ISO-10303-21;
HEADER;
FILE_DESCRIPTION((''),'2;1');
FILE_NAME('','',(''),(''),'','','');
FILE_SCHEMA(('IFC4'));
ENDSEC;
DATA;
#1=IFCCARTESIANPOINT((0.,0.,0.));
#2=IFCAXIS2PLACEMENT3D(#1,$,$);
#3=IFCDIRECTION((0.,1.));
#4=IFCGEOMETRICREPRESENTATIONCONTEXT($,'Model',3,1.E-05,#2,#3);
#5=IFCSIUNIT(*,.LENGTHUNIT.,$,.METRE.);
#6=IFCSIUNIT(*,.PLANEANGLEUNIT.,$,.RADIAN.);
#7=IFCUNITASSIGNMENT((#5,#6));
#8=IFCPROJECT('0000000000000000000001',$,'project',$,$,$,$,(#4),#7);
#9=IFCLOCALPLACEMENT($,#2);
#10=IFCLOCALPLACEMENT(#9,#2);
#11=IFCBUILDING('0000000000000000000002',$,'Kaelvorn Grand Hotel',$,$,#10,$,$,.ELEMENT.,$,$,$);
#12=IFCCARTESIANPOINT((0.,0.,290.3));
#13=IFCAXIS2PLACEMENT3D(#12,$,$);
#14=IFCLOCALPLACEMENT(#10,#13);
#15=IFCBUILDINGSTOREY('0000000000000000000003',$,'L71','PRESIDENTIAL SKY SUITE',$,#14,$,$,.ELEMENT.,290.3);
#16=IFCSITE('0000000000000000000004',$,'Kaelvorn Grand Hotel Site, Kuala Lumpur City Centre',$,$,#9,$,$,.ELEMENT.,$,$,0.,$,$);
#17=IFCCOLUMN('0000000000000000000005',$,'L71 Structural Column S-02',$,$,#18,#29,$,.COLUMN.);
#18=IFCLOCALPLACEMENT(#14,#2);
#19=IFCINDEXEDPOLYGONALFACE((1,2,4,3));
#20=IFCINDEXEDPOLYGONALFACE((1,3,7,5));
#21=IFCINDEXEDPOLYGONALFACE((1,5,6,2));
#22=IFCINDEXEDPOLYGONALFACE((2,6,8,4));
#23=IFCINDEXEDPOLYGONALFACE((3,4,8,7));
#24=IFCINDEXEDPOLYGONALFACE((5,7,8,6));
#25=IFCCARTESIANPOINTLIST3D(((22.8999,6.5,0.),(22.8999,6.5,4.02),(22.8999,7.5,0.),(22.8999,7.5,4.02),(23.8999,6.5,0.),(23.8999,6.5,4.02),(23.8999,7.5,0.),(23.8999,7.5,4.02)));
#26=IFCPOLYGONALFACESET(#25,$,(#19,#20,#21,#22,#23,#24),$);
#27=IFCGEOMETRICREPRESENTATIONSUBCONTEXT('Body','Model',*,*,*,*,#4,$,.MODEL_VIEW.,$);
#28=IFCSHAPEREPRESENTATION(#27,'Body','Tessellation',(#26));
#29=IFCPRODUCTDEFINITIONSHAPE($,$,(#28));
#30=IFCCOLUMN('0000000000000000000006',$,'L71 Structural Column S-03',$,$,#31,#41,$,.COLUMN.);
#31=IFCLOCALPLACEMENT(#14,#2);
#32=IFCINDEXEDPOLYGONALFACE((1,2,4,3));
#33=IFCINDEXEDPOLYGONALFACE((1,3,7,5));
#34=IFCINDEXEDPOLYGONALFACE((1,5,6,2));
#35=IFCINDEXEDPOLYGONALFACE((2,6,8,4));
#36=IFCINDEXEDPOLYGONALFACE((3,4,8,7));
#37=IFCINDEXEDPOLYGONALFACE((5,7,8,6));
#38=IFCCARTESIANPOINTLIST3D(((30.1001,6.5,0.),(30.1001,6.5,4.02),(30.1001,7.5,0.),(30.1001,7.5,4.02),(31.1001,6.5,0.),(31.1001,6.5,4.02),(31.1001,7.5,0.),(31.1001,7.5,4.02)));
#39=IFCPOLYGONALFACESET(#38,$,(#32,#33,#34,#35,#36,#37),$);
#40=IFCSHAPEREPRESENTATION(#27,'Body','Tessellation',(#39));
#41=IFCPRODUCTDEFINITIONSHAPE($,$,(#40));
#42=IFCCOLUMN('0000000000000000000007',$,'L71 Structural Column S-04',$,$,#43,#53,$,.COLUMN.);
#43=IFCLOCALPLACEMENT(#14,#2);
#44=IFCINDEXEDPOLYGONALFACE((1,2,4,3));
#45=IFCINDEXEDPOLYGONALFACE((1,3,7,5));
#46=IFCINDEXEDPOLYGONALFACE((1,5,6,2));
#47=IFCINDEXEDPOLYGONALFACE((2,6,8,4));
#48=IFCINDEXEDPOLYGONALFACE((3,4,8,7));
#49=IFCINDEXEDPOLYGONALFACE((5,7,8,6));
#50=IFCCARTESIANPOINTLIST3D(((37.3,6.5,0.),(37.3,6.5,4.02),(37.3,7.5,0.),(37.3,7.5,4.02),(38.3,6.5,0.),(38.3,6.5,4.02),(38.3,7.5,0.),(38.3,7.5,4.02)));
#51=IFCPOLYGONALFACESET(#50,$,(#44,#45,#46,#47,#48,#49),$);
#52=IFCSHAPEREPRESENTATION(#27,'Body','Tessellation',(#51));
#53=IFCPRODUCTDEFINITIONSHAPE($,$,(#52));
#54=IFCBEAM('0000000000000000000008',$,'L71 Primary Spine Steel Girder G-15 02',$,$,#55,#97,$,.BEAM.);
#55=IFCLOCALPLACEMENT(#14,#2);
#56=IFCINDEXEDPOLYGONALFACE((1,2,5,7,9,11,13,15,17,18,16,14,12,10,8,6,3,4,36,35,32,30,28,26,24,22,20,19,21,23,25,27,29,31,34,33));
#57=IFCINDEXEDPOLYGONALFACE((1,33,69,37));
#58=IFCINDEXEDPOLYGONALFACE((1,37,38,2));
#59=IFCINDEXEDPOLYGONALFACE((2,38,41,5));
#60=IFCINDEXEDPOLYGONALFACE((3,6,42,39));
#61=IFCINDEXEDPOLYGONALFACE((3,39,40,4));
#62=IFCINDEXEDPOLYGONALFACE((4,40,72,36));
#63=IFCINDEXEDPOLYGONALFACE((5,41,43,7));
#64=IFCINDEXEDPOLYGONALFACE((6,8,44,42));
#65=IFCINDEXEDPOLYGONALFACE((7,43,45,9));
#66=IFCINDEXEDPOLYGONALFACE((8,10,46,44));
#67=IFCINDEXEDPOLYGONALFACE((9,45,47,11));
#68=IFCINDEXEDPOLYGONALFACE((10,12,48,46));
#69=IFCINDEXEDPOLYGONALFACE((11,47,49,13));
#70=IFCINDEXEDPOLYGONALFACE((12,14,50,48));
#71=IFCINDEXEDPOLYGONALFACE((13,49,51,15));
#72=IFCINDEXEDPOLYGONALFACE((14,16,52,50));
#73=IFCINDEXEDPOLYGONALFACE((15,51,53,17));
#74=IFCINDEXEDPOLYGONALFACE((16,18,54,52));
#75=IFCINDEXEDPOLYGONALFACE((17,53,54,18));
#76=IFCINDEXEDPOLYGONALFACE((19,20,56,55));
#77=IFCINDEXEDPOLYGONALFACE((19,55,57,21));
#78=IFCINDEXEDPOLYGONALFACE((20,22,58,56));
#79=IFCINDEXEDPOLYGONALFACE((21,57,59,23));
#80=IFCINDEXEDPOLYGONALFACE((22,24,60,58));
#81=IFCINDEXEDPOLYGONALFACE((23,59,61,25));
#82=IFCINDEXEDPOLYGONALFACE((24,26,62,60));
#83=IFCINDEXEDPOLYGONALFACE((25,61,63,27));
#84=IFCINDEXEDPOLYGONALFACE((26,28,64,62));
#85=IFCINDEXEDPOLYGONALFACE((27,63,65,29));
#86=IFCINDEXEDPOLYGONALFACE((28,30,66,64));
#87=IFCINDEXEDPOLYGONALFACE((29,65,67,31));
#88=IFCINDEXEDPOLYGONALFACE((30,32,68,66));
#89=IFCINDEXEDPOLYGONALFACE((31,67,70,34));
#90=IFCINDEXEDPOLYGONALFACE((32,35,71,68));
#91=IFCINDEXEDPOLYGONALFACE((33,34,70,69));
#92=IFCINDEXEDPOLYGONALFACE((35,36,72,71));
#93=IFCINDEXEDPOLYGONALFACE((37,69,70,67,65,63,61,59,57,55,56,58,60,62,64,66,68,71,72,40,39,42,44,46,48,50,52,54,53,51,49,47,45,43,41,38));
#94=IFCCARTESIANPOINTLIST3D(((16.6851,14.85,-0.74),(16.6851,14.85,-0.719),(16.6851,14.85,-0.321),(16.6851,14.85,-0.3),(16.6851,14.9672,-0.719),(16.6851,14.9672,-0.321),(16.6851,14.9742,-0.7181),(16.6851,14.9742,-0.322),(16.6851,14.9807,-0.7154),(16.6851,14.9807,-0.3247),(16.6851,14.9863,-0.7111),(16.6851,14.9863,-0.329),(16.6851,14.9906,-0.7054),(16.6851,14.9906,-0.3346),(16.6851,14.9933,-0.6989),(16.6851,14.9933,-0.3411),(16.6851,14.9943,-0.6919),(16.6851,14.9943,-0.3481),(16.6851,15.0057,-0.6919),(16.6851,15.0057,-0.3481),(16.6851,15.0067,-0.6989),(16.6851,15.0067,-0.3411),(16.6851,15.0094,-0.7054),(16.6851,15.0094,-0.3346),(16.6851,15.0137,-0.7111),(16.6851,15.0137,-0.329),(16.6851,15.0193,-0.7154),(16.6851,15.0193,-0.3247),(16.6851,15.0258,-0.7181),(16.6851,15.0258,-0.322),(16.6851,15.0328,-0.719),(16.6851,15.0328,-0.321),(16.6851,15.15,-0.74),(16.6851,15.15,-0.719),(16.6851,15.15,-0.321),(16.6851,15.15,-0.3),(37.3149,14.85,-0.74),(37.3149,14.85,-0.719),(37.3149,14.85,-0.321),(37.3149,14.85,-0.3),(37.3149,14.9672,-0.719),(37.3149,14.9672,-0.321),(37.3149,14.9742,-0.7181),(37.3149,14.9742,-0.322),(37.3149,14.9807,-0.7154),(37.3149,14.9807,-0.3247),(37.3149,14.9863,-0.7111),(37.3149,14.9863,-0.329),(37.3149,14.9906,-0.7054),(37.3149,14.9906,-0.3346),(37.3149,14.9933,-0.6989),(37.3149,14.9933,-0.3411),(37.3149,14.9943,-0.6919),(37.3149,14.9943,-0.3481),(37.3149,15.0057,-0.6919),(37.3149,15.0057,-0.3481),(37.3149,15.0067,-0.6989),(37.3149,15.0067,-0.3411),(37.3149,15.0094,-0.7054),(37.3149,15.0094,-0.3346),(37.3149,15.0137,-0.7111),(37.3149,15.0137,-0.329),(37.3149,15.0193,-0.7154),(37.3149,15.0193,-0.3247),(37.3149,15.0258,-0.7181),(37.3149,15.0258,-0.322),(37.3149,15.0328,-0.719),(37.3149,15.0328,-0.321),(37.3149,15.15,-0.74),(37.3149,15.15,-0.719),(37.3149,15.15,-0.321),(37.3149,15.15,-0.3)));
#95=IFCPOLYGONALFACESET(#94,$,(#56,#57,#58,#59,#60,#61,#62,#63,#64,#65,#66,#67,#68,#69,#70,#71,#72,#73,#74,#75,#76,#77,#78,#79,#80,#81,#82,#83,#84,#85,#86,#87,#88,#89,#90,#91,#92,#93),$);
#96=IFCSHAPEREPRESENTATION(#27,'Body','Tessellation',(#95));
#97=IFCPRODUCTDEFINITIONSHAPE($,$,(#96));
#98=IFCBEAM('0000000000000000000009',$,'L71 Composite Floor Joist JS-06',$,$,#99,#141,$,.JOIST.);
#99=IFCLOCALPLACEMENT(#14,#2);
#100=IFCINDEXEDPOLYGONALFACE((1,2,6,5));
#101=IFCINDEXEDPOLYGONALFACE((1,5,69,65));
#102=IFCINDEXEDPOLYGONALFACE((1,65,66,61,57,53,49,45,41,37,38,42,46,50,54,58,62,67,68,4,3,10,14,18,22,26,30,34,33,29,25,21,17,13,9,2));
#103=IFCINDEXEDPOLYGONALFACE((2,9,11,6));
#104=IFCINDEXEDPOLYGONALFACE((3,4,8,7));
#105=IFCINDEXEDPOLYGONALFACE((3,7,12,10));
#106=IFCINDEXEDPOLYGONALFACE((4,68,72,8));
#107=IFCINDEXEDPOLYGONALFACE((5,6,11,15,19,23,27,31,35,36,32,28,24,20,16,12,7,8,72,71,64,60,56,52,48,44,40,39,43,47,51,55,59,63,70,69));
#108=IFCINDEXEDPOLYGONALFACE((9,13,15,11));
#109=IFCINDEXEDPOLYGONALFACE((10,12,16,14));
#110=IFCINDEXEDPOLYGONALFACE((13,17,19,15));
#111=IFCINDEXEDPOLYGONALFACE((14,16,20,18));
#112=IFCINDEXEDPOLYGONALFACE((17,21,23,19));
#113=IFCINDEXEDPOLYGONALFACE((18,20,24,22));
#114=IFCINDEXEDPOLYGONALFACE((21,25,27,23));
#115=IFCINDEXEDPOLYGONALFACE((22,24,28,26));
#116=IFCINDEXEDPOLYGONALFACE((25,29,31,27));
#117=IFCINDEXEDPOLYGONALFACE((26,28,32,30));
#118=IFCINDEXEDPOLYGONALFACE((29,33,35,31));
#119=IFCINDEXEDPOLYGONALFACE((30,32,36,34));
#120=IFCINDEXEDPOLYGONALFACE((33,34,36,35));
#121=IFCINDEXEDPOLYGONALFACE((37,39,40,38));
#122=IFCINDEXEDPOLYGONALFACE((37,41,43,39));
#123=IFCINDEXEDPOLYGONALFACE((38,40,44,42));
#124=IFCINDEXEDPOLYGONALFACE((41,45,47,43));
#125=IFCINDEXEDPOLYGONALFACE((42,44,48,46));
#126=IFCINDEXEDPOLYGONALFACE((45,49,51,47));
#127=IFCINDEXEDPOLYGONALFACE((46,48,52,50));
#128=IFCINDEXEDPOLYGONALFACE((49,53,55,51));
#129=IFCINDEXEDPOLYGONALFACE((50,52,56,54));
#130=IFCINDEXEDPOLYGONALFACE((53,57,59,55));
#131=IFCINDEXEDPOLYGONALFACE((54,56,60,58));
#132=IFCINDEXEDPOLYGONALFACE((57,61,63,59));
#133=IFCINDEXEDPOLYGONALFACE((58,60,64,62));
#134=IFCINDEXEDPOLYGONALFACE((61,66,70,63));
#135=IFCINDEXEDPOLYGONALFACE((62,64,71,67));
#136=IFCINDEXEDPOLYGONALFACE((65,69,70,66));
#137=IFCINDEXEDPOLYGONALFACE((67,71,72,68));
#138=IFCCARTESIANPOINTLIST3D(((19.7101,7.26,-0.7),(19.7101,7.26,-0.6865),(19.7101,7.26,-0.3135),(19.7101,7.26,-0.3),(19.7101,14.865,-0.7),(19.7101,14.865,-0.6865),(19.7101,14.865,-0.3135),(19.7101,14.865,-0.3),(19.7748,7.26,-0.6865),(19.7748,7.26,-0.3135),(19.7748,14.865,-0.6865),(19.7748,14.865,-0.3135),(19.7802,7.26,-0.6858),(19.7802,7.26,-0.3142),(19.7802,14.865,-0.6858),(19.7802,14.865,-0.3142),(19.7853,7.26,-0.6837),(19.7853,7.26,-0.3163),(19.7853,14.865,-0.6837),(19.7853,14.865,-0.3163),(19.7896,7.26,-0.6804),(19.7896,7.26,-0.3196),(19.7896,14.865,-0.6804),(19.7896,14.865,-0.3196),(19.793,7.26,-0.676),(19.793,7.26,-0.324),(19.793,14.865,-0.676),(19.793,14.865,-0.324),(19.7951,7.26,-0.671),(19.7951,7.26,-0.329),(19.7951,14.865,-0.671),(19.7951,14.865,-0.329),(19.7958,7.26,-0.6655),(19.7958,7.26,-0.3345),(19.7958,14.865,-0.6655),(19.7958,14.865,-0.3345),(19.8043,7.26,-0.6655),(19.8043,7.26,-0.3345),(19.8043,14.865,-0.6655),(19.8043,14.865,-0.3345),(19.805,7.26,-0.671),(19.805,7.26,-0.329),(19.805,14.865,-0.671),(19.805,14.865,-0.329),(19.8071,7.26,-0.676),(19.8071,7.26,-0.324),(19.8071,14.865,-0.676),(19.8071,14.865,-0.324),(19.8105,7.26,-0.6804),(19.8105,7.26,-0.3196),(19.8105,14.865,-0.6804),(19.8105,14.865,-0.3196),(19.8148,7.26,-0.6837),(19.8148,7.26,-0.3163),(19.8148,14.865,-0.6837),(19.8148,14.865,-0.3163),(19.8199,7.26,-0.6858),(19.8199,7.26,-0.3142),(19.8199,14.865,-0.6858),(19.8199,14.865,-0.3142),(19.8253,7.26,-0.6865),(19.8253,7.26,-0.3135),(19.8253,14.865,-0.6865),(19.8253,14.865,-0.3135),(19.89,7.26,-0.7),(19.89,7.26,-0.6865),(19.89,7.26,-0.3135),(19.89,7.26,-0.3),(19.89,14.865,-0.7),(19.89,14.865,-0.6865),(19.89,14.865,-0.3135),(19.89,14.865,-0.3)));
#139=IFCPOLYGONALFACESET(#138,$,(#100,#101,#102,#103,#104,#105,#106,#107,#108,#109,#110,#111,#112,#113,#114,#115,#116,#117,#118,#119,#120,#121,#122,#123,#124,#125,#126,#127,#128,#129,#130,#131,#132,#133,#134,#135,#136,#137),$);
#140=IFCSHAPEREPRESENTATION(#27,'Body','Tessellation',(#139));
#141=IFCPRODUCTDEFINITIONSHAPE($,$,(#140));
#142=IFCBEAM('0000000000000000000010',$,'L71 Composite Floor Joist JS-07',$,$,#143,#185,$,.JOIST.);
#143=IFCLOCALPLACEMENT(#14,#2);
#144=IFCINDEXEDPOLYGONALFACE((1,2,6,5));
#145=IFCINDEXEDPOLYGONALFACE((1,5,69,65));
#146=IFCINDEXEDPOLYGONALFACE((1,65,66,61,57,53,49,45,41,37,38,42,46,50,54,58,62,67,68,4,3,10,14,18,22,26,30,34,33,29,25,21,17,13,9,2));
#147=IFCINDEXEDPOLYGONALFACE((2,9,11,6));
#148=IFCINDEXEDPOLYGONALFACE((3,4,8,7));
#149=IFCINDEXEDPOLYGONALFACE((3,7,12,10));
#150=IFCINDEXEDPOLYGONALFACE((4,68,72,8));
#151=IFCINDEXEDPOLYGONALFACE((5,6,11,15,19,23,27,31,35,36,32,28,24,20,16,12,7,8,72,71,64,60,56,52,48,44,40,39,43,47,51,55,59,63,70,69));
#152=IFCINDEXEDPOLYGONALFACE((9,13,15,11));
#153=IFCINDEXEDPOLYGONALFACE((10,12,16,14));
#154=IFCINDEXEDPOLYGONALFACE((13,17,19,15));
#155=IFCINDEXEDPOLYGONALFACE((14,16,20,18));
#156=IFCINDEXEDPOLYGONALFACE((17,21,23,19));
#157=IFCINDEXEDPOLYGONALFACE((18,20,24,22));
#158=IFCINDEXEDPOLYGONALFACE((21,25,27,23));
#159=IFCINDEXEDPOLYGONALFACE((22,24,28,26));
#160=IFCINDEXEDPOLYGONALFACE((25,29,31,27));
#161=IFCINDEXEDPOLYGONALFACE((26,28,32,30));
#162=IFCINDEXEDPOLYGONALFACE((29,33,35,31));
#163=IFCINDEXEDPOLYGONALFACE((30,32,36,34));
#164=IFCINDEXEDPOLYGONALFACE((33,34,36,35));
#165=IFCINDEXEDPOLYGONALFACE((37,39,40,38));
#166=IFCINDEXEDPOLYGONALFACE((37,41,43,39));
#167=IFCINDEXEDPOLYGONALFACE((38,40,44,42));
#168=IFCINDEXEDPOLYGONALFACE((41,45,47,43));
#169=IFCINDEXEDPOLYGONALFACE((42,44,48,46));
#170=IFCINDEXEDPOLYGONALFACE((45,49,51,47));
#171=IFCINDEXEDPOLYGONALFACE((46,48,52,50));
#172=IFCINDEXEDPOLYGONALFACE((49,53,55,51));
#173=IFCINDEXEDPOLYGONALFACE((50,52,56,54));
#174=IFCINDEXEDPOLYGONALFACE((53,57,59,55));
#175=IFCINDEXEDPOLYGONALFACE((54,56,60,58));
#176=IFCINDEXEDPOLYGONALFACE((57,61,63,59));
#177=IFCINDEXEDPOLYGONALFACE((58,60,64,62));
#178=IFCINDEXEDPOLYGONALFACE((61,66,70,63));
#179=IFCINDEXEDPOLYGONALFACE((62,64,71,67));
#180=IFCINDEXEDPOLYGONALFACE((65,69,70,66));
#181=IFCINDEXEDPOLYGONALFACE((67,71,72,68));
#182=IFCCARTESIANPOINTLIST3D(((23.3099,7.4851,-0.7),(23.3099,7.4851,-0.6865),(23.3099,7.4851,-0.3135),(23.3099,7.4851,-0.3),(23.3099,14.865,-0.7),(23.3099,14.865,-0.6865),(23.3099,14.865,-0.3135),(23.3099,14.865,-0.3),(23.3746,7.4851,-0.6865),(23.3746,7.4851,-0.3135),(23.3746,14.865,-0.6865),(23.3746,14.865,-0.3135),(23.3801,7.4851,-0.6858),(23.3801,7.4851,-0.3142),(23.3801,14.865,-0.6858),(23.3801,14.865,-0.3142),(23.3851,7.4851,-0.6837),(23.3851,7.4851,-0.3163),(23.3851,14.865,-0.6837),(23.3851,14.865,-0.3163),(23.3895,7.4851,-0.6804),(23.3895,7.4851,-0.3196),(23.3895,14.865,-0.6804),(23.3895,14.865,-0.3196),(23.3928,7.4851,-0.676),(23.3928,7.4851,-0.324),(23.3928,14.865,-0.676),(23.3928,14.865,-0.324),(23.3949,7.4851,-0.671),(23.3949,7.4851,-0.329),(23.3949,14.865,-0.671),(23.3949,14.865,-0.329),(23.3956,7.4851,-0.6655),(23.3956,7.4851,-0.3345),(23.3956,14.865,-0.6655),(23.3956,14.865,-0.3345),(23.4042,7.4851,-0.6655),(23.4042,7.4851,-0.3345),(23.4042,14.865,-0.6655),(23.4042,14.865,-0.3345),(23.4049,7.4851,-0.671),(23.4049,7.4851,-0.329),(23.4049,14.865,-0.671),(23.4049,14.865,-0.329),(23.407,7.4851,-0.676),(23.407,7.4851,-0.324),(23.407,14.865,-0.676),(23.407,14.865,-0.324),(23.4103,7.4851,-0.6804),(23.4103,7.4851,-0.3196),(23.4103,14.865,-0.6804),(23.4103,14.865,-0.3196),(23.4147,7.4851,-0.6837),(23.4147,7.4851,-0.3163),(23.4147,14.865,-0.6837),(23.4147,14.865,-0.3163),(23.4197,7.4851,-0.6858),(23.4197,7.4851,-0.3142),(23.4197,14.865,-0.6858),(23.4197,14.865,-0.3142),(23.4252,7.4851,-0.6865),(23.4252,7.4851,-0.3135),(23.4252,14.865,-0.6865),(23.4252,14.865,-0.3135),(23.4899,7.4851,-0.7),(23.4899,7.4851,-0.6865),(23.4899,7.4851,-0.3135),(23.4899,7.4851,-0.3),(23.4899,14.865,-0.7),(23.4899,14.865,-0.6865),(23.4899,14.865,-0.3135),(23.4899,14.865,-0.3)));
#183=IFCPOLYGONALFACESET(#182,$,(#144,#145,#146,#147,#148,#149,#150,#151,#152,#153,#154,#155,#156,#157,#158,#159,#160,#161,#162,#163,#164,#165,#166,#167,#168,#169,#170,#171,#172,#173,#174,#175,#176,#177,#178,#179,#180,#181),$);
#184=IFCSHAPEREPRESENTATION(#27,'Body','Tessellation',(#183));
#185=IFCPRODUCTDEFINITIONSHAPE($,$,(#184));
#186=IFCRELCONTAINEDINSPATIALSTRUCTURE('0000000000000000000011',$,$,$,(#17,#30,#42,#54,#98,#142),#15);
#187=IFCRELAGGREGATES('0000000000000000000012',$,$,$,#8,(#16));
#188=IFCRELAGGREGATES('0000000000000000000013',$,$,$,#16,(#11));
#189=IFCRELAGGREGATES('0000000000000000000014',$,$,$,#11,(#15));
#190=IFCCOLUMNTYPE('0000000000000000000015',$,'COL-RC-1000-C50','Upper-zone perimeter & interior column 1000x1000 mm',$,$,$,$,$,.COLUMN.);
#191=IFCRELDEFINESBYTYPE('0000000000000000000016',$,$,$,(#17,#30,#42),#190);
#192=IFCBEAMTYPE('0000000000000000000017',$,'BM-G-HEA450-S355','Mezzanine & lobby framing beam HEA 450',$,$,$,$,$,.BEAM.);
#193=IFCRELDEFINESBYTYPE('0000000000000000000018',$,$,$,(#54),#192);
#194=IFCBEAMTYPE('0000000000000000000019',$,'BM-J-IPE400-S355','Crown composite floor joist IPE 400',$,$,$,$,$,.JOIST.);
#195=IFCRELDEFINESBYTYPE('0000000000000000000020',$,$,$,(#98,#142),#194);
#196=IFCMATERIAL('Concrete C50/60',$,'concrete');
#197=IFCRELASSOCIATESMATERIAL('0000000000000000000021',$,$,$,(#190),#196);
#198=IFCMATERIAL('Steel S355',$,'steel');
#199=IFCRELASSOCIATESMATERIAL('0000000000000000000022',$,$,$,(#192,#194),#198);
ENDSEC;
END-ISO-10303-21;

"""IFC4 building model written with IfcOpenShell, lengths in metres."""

from ifc_helpers import new_model, si_unit, direction, frame, origin, origin_2d, place, context, subcontext, project, spatial, rectangle, i_section, extrude, material, material_profile, profile_set, type_object, element, save


model = new_model("IFC4")

# Units and contexts
model_context = context("Model", 3, precision=1e-05, world=origin(), true_north=direction((0.0, 1.0)))
body_context = subcontext(model_context, "Body", "Model", "MODEL_VIEW")
ifc_project = project(units=[si_unit("LENGTHUNIT", "METRE"), si_unit("PLANEANGLEUNIT", "RADIAN")], contexts=[model_context])

# Site, building, storey
site_placement = place(None, origin())
site = spatial("IfcSite", under=ifc_project, at=site_placement, Name="Kaelvorn Grand Hotel Site, Kuala Lumpur City Centre", CompositionType="ELEMENT", RefElevation=0.0)
building_placement = place(site_placement, origin())
building = spatial("IfcBuilding", under=site, at=building_placement, Name="Kaelvorn Grand Hotel", CompositionType="ELEMENT")
storey_placement = place(building_placement, frame((0.0, 0.0, 290.3)))
storey = spatial("IfcBuildingStorey", under=building, at=storey_placement, Name="L71", Description="PRESIDENTIAL SKY SUITE", CompositionType="ELEMENT", Elevation=290.3)

# Columns
ifc_material_1 = material(Name="Concrete C50/60", Category="concrete")
ifc_material_profile_1 = material_profile(ifc_material_1, rectangle(XDim=1.0, YDim=1.0, at=origin_2d()), Name="RC COL 1000x1000")
ifc_profile_set_1 = profile_set([ifc_material_profile_1], Name="Concrete C50/60")
column_type = type_object("IfcColumnType", Name="COL-RC-1000-C50", Description="Upper-zone perimeter & interior column 1000x1000 mm", PredefinedType="COLUMN", material=ifc_profile_set_1)
for number, where, z_axis, x_axis, name in (
    (1, (23.3999, 7.0, 0.0), (0.0, 0.0, 1.0), (1.0, 0.0, 0.0), "L71 Structural Column S-02"),
    (2, (30.6001, 7.0, 0.0), (0.0, 0.0, 1.0), (1.0, 0.0, 0.0), "L71 Structural Column S-03"),
    (3, (37.8, 7.0, 0.0), (0.0, 0.0, 1.0), (1.0, 0.0, 0.0), "L71 Structural Column S-04"),
):
    element("IfcColumn", number, at=place(storey_placement, frame(where, z_axis=z_axis, x_axis=x_axis)), inside=storey, type_object=column_type, Name=name, PredefinedType="COLUMN", context=body_context, shape_type="SweptSolid", body=[
        extrude(rectangle(XDim=1.0, YDim=1.0, at=origin_2d()), origin(), (0.0, 0.0, 1.0), 4.02),
    ])

# Beams
ifc_material_2 = material(Name="Steel S355", Category="steel")
ifc_material_profile_2 = material_profile(ifc_material_2, i_section(OverallWidth=0.3, OverallDepth=0.4399, WebThickness=0.0115, FlangeThickness=0.021, FilletRadius=0.0271, at=origin_2d()), Name="HEA 450")
ifc_profile_set_2 = profile_set([ifc_material_profile_2], Name="Steel S355")
beam_type_1 = type_object("IfcBeamType", Name="BM-G-HEA450-S355", Description="Mezzanine & lobby framing beam HEA 450", PredefinedType="BEAM", material=ifc_profile_set_2)
beam_1_placement = place(storey_placement, frame((16.6851, 15.0, -0.52), z_axis=(1.0, 0.0, 0.0), x_axis=(0.0, 1.0, 0.0)))
element("IfcBeam", 4, at=beam_1_placement, inside=storey, type_object=beam_type_1, Name="L71 Primary Spine Steel Girder G-15 02", PredefinedType="BEAM", context=body_context, shape_type="SweptSolid", body=[
    extrude(i_section(OverallWidth=0.3, OverallDepth=0.4399, WebThickness=0.0115, FlangeThickness=0.021, FilletRadius=0.0271, at=origin_2d()), origin(), (0.0, 0.0, 1.0), 20.6299),
])
ifc_material_profile_3 = material_profile(ifc_material_2, i_section(OverallWidth=0.1799, OverallDepth=0.3999, WebThickness=0.0085, FlangeThickness=0.0134, FilletRadius=0.021, at=origin_2d()), Name="IPE 400")
ifc_profile_set_3 = profile_set([ifc_material_profile_3], Name="Steel S355")
beam_type_2 = type_object("IfcBeamType", Name="BM-J-IPE400-S355", Description="Crown composite floor joist IPE 400", PredefinedType="JOIST", material=ifc_profile_set_3)
beam_2_placement = place(storey_placement, frame((19.8, 7.26, -0.5), z_axis=(0.0, 1.0, 0.0), x_axis=(-1.0, 0.0, 0.0)))
element("IfcBeam", 5, at=beam_2_placement, inside=storey, type_object=beam_type_2, Name="L71 Composite Floor Joist JS-06", PredefinedType="JOIST", context=body_context, shape_type="SweptSolid", body=[
    extrude(i_section(OverallWidth=0.1799, OverallDepth=0.3999, WebThickness=0.0085, FlangeThickness=0.0134, FilletRadius=0.021, at=origin_2d()), origin(), (0.0, 0.0, 1.0), 7.605),
])
beam_3_placement = place(storey_placement, frame((23.3999, 7.4851, -0.5), z_axis=(0.0, 1.0, 0.0), x_axis=(-1.0, 0.0, 0.0)))
element("IfcBeam", 6, at=beam_3_placement, inside=storey, type_object=beam_type_2, Name="L71 Composite Floor Joist JS-07", PredefinedType="JOIST", context=body_context, shape_type="SweptSolid", body=[
    extrude(i_section(OverallWidth=0.1799, OverallDepth=0.3999, WebThickness=0.0085, FlangeThickness=0.0134, FilletRadius=0.021, at=origin_2d()), origin(), (0.0, 0.0, 1.0), 7.3799),
])

save(model, "model.ifc")
